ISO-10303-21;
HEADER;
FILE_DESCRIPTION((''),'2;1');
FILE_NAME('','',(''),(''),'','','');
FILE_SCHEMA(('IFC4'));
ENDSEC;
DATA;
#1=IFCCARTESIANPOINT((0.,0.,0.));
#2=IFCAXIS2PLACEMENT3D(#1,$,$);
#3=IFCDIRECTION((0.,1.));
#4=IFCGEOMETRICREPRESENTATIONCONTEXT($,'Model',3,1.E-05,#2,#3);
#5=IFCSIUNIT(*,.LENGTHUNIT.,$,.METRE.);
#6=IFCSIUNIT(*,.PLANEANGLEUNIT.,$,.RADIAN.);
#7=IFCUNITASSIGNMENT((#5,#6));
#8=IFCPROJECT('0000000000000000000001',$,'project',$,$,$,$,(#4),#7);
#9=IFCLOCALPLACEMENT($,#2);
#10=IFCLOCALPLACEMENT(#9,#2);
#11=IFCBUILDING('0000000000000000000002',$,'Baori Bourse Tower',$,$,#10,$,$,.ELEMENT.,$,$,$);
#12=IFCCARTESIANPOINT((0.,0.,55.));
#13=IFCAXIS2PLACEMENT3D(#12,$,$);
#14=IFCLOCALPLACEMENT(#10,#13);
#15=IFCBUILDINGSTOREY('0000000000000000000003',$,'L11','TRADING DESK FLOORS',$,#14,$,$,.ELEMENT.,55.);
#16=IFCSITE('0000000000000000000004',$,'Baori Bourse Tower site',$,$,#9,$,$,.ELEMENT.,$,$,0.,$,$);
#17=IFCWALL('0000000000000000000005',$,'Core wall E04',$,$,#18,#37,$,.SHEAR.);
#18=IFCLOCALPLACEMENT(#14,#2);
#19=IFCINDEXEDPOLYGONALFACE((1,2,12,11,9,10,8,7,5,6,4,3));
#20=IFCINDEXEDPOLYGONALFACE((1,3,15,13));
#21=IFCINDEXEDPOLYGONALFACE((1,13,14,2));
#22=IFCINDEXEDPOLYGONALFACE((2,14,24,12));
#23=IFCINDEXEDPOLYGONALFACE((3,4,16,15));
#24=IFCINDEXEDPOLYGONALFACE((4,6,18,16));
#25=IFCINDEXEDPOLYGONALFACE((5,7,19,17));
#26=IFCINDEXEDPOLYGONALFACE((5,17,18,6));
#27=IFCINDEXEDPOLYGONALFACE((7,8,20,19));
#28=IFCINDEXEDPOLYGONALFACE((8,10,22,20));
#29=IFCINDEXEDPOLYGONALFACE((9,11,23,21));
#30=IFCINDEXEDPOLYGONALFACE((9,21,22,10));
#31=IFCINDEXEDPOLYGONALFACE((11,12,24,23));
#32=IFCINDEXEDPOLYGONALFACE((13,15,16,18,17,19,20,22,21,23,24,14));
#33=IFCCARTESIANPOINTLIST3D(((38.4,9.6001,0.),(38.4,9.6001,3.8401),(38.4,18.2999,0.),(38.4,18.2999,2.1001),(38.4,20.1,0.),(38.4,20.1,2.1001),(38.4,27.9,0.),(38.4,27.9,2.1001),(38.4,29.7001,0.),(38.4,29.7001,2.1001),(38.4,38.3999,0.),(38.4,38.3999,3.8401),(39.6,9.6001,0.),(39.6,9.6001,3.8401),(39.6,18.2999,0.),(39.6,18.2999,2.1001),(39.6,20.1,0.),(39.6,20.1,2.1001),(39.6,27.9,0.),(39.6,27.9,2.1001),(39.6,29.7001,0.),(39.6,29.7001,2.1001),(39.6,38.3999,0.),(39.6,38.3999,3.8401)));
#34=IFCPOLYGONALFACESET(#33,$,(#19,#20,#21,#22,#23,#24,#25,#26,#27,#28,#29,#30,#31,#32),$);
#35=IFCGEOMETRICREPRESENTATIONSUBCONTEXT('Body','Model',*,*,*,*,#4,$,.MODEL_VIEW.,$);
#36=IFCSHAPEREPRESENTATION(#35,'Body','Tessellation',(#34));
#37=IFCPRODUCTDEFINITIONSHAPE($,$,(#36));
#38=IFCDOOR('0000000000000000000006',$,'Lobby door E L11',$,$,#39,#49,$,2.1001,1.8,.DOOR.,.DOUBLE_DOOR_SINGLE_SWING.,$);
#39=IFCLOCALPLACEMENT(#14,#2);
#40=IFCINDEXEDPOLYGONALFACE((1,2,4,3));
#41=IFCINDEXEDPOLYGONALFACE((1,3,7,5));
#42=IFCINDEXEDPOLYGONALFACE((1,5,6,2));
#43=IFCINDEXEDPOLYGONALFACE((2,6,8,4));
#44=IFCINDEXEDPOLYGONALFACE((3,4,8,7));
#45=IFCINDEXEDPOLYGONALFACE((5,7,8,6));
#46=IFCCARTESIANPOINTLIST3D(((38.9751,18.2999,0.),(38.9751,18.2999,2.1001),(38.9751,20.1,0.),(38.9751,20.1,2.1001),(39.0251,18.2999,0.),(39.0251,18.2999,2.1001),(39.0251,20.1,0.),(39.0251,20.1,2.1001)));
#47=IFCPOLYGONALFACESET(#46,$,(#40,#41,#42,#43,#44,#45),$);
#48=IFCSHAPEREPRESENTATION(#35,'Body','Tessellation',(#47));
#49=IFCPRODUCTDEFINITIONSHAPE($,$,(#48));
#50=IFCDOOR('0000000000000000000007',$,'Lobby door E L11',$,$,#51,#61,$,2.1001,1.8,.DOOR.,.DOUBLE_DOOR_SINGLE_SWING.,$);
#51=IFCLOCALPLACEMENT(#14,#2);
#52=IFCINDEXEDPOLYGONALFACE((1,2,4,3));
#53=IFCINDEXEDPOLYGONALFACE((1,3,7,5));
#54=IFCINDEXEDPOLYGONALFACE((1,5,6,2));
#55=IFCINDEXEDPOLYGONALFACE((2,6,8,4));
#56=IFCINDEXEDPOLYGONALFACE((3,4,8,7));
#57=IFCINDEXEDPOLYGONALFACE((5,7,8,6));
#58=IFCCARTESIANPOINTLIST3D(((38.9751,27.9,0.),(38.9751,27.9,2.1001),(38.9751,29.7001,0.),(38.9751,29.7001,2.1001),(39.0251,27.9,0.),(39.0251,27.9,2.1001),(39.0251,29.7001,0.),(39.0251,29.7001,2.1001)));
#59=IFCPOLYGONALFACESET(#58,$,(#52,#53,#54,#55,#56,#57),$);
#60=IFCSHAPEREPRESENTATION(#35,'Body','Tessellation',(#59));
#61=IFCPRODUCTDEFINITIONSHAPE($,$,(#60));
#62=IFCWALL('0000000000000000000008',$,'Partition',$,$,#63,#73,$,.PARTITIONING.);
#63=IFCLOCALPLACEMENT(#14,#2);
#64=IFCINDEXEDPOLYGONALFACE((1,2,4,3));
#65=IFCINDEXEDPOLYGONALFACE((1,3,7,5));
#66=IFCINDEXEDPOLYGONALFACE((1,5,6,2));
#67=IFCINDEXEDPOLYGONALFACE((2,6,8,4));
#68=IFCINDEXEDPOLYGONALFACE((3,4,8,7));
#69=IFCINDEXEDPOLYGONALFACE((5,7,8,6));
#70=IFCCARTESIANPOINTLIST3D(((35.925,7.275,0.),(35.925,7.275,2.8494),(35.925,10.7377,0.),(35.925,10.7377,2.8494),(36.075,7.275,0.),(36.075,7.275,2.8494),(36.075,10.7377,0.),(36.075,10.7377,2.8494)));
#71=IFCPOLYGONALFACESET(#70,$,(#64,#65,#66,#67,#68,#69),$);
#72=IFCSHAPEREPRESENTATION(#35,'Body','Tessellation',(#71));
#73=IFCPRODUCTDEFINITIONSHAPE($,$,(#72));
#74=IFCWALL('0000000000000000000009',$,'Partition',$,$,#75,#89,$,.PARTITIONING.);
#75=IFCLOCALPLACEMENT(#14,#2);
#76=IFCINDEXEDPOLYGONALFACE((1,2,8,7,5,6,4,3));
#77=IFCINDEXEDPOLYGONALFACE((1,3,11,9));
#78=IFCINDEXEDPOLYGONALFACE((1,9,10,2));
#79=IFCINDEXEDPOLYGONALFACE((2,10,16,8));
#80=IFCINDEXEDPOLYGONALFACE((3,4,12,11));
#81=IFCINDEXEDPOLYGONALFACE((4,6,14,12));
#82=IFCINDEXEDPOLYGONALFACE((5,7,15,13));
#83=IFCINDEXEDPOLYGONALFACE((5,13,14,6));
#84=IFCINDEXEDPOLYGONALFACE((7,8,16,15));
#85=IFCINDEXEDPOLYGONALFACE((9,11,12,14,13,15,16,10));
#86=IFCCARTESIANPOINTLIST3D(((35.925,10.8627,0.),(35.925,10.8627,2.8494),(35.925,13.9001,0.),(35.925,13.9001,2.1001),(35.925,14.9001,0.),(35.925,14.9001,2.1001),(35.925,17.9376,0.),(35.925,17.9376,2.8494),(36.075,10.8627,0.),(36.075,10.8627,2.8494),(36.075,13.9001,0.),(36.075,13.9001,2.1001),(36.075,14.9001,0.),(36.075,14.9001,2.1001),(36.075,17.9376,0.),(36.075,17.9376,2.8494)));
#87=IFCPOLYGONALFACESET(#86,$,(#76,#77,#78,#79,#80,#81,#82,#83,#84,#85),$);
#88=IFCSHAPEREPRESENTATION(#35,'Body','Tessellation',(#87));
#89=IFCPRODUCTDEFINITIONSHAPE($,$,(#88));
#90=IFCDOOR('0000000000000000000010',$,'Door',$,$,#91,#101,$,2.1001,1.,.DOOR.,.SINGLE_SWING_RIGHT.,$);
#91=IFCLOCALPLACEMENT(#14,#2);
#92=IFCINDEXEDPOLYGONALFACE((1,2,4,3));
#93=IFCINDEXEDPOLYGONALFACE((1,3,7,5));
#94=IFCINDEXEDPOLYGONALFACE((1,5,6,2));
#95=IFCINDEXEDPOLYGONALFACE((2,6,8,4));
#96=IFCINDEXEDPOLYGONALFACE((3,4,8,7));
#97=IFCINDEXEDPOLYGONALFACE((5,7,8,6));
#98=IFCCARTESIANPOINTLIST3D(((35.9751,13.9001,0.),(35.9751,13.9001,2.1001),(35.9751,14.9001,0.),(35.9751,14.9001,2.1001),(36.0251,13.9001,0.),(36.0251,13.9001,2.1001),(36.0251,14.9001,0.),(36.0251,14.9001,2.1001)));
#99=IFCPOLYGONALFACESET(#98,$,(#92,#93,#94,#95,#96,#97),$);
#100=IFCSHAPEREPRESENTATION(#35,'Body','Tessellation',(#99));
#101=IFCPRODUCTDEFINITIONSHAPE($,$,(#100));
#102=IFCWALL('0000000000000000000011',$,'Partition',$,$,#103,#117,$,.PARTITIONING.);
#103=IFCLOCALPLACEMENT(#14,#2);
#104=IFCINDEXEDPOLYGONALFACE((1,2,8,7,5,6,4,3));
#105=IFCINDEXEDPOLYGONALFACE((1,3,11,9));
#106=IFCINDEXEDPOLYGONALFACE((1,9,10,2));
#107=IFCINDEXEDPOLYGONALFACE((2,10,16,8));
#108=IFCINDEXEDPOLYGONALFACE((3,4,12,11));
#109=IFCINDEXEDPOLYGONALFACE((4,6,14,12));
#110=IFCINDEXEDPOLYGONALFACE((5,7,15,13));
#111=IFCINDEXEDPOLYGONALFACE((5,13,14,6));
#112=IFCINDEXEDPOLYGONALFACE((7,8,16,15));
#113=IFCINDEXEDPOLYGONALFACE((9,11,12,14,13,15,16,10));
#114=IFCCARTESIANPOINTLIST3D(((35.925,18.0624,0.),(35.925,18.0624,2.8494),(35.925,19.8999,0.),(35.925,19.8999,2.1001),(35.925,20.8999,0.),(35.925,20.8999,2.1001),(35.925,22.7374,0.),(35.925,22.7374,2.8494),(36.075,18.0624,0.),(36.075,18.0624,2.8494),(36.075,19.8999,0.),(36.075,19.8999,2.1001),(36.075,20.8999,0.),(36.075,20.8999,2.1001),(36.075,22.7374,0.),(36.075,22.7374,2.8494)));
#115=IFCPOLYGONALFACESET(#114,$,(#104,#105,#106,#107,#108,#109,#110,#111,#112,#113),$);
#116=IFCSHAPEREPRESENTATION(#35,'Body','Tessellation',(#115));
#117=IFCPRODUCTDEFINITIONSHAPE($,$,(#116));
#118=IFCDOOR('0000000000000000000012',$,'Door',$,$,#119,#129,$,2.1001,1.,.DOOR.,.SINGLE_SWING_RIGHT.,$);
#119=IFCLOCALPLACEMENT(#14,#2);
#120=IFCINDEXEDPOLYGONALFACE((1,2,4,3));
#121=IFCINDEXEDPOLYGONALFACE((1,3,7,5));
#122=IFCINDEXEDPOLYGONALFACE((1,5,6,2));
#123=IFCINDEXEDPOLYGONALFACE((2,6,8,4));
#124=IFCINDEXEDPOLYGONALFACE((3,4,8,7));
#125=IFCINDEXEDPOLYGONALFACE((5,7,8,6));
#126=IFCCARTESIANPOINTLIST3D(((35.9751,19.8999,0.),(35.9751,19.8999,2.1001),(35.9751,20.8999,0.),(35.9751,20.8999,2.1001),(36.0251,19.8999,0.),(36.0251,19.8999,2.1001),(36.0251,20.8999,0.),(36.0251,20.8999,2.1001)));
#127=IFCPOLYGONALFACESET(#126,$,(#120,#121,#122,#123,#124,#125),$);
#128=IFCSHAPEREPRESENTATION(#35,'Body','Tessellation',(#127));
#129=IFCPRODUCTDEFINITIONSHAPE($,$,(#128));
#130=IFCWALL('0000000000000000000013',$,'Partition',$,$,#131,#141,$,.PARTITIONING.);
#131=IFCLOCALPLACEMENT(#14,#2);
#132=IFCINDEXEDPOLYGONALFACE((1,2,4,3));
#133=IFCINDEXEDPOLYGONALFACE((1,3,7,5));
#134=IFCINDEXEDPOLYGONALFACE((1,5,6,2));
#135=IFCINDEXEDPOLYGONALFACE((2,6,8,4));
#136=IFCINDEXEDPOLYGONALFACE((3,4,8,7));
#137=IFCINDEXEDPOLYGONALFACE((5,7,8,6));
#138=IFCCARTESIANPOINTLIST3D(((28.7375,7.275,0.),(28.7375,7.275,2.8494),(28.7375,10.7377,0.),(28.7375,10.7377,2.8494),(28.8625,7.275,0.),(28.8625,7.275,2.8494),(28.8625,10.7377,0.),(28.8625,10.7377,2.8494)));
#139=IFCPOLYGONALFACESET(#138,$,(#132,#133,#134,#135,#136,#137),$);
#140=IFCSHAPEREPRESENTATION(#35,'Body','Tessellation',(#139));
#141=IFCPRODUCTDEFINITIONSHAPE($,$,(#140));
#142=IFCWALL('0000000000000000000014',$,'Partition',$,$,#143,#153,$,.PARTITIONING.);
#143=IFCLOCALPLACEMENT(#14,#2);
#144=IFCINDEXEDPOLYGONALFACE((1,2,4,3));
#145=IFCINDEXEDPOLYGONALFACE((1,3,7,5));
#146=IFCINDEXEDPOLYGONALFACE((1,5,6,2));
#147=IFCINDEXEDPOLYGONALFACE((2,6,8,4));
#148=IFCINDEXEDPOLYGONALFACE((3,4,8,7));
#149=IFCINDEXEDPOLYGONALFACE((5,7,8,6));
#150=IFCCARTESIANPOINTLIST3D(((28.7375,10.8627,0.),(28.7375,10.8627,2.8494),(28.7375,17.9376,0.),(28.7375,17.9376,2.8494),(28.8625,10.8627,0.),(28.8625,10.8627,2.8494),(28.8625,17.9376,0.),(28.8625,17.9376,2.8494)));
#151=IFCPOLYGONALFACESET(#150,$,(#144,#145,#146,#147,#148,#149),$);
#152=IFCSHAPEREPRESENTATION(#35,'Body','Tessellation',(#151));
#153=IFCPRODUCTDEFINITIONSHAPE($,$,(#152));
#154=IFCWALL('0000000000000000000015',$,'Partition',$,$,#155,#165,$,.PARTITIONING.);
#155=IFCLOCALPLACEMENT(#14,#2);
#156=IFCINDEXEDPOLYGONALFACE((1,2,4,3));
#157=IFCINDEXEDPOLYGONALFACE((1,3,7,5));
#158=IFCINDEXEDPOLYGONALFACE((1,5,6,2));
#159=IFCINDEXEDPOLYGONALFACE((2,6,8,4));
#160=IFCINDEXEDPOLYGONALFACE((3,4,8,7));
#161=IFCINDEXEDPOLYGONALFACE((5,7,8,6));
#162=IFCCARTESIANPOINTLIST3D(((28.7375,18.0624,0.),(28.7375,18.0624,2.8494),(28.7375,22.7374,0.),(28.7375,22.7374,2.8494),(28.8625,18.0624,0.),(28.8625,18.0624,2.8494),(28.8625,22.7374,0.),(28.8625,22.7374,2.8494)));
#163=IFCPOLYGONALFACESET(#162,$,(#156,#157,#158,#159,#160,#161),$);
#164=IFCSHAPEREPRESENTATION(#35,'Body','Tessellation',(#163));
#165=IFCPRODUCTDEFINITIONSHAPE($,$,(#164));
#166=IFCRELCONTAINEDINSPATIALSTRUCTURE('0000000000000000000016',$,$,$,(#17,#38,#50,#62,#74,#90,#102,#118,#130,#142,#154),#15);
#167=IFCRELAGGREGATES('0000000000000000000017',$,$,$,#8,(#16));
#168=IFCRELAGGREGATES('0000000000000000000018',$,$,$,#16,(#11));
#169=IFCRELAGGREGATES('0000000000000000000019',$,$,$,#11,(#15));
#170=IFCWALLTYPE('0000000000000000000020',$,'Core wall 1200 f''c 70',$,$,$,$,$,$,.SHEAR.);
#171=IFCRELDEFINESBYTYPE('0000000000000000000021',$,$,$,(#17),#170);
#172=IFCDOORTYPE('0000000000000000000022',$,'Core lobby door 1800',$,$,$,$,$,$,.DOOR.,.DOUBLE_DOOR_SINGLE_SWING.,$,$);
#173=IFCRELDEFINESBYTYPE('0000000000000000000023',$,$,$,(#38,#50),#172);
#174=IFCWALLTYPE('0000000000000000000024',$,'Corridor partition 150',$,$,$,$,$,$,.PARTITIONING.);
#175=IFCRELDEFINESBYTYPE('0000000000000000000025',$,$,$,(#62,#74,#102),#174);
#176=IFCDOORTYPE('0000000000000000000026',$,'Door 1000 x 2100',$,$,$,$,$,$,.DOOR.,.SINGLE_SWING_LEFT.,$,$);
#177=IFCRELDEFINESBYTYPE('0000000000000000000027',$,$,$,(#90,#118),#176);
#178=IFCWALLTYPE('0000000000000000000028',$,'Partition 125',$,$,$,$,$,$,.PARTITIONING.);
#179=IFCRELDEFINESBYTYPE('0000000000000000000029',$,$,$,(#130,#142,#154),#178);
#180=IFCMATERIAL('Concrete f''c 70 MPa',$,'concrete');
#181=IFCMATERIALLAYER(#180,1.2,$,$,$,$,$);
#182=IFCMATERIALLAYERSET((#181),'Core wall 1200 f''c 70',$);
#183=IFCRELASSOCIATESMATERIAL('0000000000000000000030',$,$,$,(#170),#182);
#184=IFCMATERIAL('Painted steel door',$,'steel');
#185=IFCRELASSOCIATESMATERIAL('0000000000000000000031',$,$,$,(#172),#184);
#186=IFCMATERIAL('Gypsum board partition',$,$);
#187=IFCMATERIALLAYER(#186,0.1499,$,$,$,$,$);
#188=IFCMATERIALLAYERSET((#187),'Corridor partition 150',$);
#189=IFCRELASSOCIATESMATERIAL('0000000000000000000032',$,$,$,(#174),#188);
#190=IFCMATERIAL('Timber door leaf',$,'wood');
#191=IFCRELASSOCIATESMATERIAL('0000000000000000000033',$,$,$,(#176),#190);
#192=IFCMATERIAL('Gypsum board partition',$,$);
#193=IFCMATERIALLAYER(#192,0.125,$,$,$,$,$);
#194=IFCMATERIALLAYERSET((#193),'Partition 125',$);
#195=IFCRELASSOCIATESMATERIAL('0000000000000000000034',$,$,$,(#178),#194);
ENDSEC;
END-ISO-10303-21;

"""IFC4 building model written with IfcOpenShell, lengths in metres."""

from ifc_helpers import new_model, si_unit, direction, frame, frame_2d, origin, place, context, subcontext, project, spatial, rectangle, extrude, material, layer, layer_set, type_object, element, fill, save


model = new_model("IFC4")

# Units and contexts
model_context = context("Model", 3, precision=1e-05, world=origin(), true_north=direction((0.0, 1.0)))
body_context = subcontext(model_context, "Body", "Model", "MODEL_VIEW")
ifc_project = project(units=[si_unit("LENGTHUNIT", "METRE"), si_unit("PLANEANGLEUNIT", "RADIAN")], contexts=[model_context])

# Site, building, storey
site_placement = place(None, origin())
site = spatial("IfcSite", under=ifc_project, at=site_placement, Name="Baori Bourse Tower site", CompositionType="ELEMENT", RefElevation=0.0)
building_placement = place(site_placement, origin())
building = spatial("IfcBuilding", under=site, at=building_placement, Name="Baori Bourse Tower", CompositionType="ELEMENT")
storey_placement = place(building_placement, frame((0.0, 0.0, 55.0)))
storey = spatial("IfcBuildingStorey", under=building, at=storey_placement, Name="L11", Description="TRADING DESK FLOORS", CompositionType="ELEMENT", Elevation=55.0)

# Wall, openings, doors
ifc_material_1 = material(Name="Concrete f'c 70 MPa", Category="concrete")
ifc_layer_1 = layer(ifc_material_1, 1.2)
ifc_layer_set_1 = layer_set([ifc_layer_1], Name="Core wall 1200 f'c 70")
wall_type_1 = type_object("IfcWallType", Name="Core wall 1200 f'c 70", PredefinedType="SHEAR", material=ifc_layer_set_1)
wall_1_placement = place(storey_placement, frame((39.0, 9.6001, 0.0), z_axis=(0.0, 0.0, 1.0), x_axis=(0.0, 1.0, 0.0)))
wall_1 = element("IfcWall", 1, at=wall_1_placement, inside=storey, type_object=wall_type_1, Name="Core wall E04", PredefinedType="SHEAR", context=body_context, shape_type="SweptSolid", body=[
    extrude(rectangle(XDim=28.7998, YDim=1.2, at=frame_2d((14.3999, 0.0))), origin(), (0.0, 0.0, 1.0), 3.8401),
])
opening_1_placement = place(wall_1_placement, frame((8.7, 0.0, 0.0)))
opening_1 = element("IfcOpeningElement", 2, at=opening_1_placement, cuts=wall_1, PredefinedType="OPENING", context=body_context, shape_type="SweptSolid", body=[
    extrude(rectangle(XDim=1.8, YDim=2.1001, at=frame_2d((0.8999, 1.05))), frame((0.0, 0.6099, 0.0), z_axis=(0.0, -1.0, 0.0), x_axis=(1.0, 0.0, 0.0)), (0.0, 0.0, 1.0), 1.22),
])
opening_2_placement = place(wall_1_placement, frame((18.3, 0.0, 0.0)))
opening_2 = element("IfcOpeningElement", 3, at=opening_2_placement, cuts=wall_1, PredefinedType="OPENING", context=body_context, shape_type="SweptSolid", body=[
    extrude(rectangle(XDim=1.8, YDim=2.1001, at=frame_2d((0.8999, 1.05))), frame((0.0, 0.6099, 0.0), z_axis=(0.0, -1.0, 0.0), x_axis=(1.0, 0.0, 0.0)), (0.0, 0.0, 1.0), 1.22),
])
ifc_material_2 = material(Name="Painted steel door", Category="steel")
door_type_1 = type_object("IfcDoorType", Name="Core lobby door 1800", OperationType="DOUBLE_DOOR_SINGLE_SWING", PredefinedType="DOOR", material=ifc_material_2)
door_1_placement = place(opening_1_placement, origin())
door_1 = element("IfcDoor", 4, at=door_1_placement, inside=storey, type_object=door_type_1, Name="Lobby door E L11", OperationType="DOUBLE_DOOR_SINGLE_SWING", OverallHeight=2.1001, OverallWidth=1.8, PredefinedType="DOOR", context=body_context, shape_type="SweptSolid", body=[
    extrude(rectangle(XDim=1.8, YDim=2.1001, at=frame_2d((0.8999, 1.05))), frame((0.0, 0.0249, 0.0), z_axis=(0.0, -1.0, 0.0), x_axis=(1.0, 0.0, 0.0)), (0.0, 0.0, 1.0), 0.05),
])
fill(opening_1, door_1)
door_2_placement = place(opening_2_placement, origin())
door_2 = element("IfcDoor", 5, at=door_2_placement, inside=storey, type_object=door_type_1, Name="Lobby door E L11", OperationType="DOUBLE_DOOR_SINGLE_SWING", OverallHeight=2.1001, OverallWidth=1.8, PredefinedType="DOOR", context=body_context, shape_type="SweptSolid", body=[
    extrude(rectangle(XDim=1.8, YDim=2.1001, at=frame_2d((0.8999, 1.05))), frame((0.0, 0.0249, 0.0), z_axis=(0.0, -1.0, 0.0), x_axis=(1.0, 0.0, 0.0)), (0.0, 0.0, 1.0), 0.05),
])
fill(opening_2, door_2)

# Wall
ifc_material_3 = material(Name="Gypsum board partition")
ifc_layer_2 = layer(ifc_material_3, 0.1499)
ifc_layer_set_2 = layer_set([ifc_layer_2], Name="Corridor partition 150")
wall_type_2 = type_object("IfcWallType", Name="Corridor partition 150", PredefinedType="PARTITIONING", material=ifc_layer_set_2)
wall_2_placement = place(storey_placement, frame((36.0, 7.2749, 0.0), z_axis=(0.0, 0.0, 1.0), x_axis=(0.0, 1.0, 0.0)))
element("IfcWall", 6, at=wall_2_placement, inside=storey, type_object=wall_type_2, Name="Partition", PredefinedType="PARTITIONING", context=body_context, shape_type="SweptSolid", body=[
    extrude(rectangle(XDim=3.4626, YDim=0.1499, at=frame_2d((1.7314, 0.0))), origin(), (0.0, 0.0, 1.0), 2.8494),
])

# Walls, openings, doors
wall_3_placement = place(storey_placement, frame((36.0, 10.8625, 0.0), z_axis=(0.0, 0.0, 1.0), x_axis=(0.0, 1.0, 0.0)))
wall_3 = element("IfcWall", 7, at=wall_3_placement, inside=storey, type_object=wall_type_2, Name="Partition", PredefinedType="PARTITIONING", context=body_context, shape_type="SweptSolid", body=[
    extrude(rectangle(XDim=7.075, YDim=0.1499, at=frame_2d((3.5376, 0.0))), origin(), (0.0, 0.0, 1.0), 2.8494),
])
opening_3_placement = place(wall_3_placement, frame((3.0376, 0.0, 0.0)))
opening_3 = element("IfcOpeningElement", 8, at=opening_3_placement, cuts=wall_3, PredefinedType="OPENING", context=body_context, shape_type="SweptSolid", body=[
    extrude(rectangle(XDim=1.0, YDim=2.1001, at=frame_2d((0.5, 1.05))), frame((0.0, 0.085, 0.0), z_axis=(0.0, -1.0, 0.0), x_axis=(1.0, 0.0, 0.0)), (0.0, 0.0, 1.0), 0.1699),
])
ifc_material_4 = material(Name="Timber door leaf", Category="wood")
door_type_2 = type_object("IfcDoorType", Name="Door 1000 x 2100", OperationType="SINGLE_SWING_LEFT", PredefinedType="DOOR", material=ifc_material_4)
door_3_placement = place(opening_3_placement, origin())
door_3 = element("IfcDoor", 9, at=door_3_placement, inside=storey, type_object=door_type_2, Name="Door", OperationType="SINGLE_SWING_RIGHT", OverallHeight=2.1001, OverallWidth=1.0, PredefinedType="DOOR", context=body_context, shape_type="SweptSolid", body=[
    extrude(rectangle(XDim=1.0, YDim=2.1001, at=frame_2d((0.5, 1.05))), frame((0.0, 0.0249, 0.0), z_axis=(0.0, -1.0, 0.0), x_axis=(1.0, 0.0, 0.0)), (0.0, 0.0, 1.0), 0.05),
])
fill(opening_3, door_3)
wall_4_placement = place(storey_placement, frame((36.0, 18.0625, 0.0), z_axis=(0.0, 0.0, 1.0), x_axis=(0.0, 1.0, 0.0)))
wall_4 = element("IfcWall", 10, at=wall_4_placement, inside=storey, type_object=wall_type_2, Name="Partition", PredefinedType="PARTITIONING", context=body_context, shape_type="SweptSolid", body=[
    extrude(rectangle(XDim=4.675, YDim=0.1499, at=frame_2d((2.3374, 0.0))), origin(), (0.0, 0.0, 1.0), 2.8494),
])
opening_4_placement = place(wall_4_placement, frame((1.8374, 0.0, 0.0)))
opening_4 = element("IfcOpeningElement", 11, at=opening_4_placement, cuts=wall_4, PredefinedType="OPENING", context=body_context, shape_type="SweptSolid", body=[
    extrude(rectangle(XDim=1.0, YDim=2.1001, at=frame_2d((0.5, 1.05))), frame((0.0, 0.085, 0.0), z_axis=(0.0, -1.0, 0.0), x_axis=(1.0, 0.0, 0.0)), (0.0, 0.0, 1.0), 0.1699),
])
door_4_placement = place(opening_4_placement, origin())
door_4 = element("IfcDoor", 12, at=door_4_placement, inside=storey, type_object=door_type_2, Name="Door", OperationType="SINGLE_SWING_RIGHT", OverallHeight=2.1001, OverallWidth=1.0, PredefinedType="DOOR", context=body_context, shape_type="SweptSolid", body=[
    extrude(rectangle(XDim=1.0, YDim=2.1001, at=frame_2d((0.5, 1.05))), frame((0.0, 0.0249, 0.0), z_axis=(0.0, -1.0, 0.0), x_axis=(1.0, 0.0, 0.0)), (0.0, 0.0, 1.0), 0.05),
])
fill(opening_4, door_4)

# Walls
ifc_material_5 = material(Name="Gypsum board partition")
ifc_layer_3 = layer(ifc_material_5, 0.125)
ifc_layer_set_3 = layer_set([ifc_layer_3], Name="Partition 125")
wall_type_3 = type_object("IfcWallType", Name="Partition 125", PredefinedType="PARTITIONING", material=ifc_layer_set_3)
wall_5_placement = place(storey_placement, frame((28.8, 7.2749, 0.0), z_axis=(0.0, 0.0, 1.0), x_axis=(0.0, 1.0, 0.0)))
element("IfcWall", 13, at=wall_5_placement, inside=storey, type_object=wall_type_3, Name="Partition", PredefinedType="PARTITIONING", context=body_context, shape_type="SweptSolid", body=[
    extrude(rectangle(XDim=3.4626, YDim=0.125, at=frame_2d((1.7314, 0.0))), origin(), (0.0, 0.0, 1.0), 2.8494),
])
wall_6_placement = place(storey_placement, frame((28.8, 10.8625, 0.0), z_axis=(0.0, 0.0, 1.0), x_axis=(0.0, 1.0, 0.0)))
element("IfcWall", 14, at=wall_6_placement, inside=storey, type_object=wall_type_3, Name="Partition", PredefinedType="PARTITIONING", context=body_context, shape_type="SweptSolid", body=[
    extrude(rectangle(XDim=7.075, YDim=0.125, at=frame_2d((3.5376, 0.0))), origin(), (0.0, 0.0, 1.0), 2.8494),
])
wall_7_placement = place(storey_placement, frame((28.8, 18.0625, 0.0), z_axis=(0.0, 0.0, 1.0), x_axis=(0.0, 1.0, 0.0)))
element("IfcWall", 15, at=wall_7_placement, inside=storey, type_object=wall_type_3, Name="Partition", PredefinedType="PARTITIONING", context=body_context, shape_type="SweptSolid", body=[
    extrude(rectangle(XDim=4.675, YDim=0.125, at=frame_2d((2.3374, 0.0))), origin(), (0.0, 0.0, 1.0), 2.8494),
])

save(model, "model.ifc")
